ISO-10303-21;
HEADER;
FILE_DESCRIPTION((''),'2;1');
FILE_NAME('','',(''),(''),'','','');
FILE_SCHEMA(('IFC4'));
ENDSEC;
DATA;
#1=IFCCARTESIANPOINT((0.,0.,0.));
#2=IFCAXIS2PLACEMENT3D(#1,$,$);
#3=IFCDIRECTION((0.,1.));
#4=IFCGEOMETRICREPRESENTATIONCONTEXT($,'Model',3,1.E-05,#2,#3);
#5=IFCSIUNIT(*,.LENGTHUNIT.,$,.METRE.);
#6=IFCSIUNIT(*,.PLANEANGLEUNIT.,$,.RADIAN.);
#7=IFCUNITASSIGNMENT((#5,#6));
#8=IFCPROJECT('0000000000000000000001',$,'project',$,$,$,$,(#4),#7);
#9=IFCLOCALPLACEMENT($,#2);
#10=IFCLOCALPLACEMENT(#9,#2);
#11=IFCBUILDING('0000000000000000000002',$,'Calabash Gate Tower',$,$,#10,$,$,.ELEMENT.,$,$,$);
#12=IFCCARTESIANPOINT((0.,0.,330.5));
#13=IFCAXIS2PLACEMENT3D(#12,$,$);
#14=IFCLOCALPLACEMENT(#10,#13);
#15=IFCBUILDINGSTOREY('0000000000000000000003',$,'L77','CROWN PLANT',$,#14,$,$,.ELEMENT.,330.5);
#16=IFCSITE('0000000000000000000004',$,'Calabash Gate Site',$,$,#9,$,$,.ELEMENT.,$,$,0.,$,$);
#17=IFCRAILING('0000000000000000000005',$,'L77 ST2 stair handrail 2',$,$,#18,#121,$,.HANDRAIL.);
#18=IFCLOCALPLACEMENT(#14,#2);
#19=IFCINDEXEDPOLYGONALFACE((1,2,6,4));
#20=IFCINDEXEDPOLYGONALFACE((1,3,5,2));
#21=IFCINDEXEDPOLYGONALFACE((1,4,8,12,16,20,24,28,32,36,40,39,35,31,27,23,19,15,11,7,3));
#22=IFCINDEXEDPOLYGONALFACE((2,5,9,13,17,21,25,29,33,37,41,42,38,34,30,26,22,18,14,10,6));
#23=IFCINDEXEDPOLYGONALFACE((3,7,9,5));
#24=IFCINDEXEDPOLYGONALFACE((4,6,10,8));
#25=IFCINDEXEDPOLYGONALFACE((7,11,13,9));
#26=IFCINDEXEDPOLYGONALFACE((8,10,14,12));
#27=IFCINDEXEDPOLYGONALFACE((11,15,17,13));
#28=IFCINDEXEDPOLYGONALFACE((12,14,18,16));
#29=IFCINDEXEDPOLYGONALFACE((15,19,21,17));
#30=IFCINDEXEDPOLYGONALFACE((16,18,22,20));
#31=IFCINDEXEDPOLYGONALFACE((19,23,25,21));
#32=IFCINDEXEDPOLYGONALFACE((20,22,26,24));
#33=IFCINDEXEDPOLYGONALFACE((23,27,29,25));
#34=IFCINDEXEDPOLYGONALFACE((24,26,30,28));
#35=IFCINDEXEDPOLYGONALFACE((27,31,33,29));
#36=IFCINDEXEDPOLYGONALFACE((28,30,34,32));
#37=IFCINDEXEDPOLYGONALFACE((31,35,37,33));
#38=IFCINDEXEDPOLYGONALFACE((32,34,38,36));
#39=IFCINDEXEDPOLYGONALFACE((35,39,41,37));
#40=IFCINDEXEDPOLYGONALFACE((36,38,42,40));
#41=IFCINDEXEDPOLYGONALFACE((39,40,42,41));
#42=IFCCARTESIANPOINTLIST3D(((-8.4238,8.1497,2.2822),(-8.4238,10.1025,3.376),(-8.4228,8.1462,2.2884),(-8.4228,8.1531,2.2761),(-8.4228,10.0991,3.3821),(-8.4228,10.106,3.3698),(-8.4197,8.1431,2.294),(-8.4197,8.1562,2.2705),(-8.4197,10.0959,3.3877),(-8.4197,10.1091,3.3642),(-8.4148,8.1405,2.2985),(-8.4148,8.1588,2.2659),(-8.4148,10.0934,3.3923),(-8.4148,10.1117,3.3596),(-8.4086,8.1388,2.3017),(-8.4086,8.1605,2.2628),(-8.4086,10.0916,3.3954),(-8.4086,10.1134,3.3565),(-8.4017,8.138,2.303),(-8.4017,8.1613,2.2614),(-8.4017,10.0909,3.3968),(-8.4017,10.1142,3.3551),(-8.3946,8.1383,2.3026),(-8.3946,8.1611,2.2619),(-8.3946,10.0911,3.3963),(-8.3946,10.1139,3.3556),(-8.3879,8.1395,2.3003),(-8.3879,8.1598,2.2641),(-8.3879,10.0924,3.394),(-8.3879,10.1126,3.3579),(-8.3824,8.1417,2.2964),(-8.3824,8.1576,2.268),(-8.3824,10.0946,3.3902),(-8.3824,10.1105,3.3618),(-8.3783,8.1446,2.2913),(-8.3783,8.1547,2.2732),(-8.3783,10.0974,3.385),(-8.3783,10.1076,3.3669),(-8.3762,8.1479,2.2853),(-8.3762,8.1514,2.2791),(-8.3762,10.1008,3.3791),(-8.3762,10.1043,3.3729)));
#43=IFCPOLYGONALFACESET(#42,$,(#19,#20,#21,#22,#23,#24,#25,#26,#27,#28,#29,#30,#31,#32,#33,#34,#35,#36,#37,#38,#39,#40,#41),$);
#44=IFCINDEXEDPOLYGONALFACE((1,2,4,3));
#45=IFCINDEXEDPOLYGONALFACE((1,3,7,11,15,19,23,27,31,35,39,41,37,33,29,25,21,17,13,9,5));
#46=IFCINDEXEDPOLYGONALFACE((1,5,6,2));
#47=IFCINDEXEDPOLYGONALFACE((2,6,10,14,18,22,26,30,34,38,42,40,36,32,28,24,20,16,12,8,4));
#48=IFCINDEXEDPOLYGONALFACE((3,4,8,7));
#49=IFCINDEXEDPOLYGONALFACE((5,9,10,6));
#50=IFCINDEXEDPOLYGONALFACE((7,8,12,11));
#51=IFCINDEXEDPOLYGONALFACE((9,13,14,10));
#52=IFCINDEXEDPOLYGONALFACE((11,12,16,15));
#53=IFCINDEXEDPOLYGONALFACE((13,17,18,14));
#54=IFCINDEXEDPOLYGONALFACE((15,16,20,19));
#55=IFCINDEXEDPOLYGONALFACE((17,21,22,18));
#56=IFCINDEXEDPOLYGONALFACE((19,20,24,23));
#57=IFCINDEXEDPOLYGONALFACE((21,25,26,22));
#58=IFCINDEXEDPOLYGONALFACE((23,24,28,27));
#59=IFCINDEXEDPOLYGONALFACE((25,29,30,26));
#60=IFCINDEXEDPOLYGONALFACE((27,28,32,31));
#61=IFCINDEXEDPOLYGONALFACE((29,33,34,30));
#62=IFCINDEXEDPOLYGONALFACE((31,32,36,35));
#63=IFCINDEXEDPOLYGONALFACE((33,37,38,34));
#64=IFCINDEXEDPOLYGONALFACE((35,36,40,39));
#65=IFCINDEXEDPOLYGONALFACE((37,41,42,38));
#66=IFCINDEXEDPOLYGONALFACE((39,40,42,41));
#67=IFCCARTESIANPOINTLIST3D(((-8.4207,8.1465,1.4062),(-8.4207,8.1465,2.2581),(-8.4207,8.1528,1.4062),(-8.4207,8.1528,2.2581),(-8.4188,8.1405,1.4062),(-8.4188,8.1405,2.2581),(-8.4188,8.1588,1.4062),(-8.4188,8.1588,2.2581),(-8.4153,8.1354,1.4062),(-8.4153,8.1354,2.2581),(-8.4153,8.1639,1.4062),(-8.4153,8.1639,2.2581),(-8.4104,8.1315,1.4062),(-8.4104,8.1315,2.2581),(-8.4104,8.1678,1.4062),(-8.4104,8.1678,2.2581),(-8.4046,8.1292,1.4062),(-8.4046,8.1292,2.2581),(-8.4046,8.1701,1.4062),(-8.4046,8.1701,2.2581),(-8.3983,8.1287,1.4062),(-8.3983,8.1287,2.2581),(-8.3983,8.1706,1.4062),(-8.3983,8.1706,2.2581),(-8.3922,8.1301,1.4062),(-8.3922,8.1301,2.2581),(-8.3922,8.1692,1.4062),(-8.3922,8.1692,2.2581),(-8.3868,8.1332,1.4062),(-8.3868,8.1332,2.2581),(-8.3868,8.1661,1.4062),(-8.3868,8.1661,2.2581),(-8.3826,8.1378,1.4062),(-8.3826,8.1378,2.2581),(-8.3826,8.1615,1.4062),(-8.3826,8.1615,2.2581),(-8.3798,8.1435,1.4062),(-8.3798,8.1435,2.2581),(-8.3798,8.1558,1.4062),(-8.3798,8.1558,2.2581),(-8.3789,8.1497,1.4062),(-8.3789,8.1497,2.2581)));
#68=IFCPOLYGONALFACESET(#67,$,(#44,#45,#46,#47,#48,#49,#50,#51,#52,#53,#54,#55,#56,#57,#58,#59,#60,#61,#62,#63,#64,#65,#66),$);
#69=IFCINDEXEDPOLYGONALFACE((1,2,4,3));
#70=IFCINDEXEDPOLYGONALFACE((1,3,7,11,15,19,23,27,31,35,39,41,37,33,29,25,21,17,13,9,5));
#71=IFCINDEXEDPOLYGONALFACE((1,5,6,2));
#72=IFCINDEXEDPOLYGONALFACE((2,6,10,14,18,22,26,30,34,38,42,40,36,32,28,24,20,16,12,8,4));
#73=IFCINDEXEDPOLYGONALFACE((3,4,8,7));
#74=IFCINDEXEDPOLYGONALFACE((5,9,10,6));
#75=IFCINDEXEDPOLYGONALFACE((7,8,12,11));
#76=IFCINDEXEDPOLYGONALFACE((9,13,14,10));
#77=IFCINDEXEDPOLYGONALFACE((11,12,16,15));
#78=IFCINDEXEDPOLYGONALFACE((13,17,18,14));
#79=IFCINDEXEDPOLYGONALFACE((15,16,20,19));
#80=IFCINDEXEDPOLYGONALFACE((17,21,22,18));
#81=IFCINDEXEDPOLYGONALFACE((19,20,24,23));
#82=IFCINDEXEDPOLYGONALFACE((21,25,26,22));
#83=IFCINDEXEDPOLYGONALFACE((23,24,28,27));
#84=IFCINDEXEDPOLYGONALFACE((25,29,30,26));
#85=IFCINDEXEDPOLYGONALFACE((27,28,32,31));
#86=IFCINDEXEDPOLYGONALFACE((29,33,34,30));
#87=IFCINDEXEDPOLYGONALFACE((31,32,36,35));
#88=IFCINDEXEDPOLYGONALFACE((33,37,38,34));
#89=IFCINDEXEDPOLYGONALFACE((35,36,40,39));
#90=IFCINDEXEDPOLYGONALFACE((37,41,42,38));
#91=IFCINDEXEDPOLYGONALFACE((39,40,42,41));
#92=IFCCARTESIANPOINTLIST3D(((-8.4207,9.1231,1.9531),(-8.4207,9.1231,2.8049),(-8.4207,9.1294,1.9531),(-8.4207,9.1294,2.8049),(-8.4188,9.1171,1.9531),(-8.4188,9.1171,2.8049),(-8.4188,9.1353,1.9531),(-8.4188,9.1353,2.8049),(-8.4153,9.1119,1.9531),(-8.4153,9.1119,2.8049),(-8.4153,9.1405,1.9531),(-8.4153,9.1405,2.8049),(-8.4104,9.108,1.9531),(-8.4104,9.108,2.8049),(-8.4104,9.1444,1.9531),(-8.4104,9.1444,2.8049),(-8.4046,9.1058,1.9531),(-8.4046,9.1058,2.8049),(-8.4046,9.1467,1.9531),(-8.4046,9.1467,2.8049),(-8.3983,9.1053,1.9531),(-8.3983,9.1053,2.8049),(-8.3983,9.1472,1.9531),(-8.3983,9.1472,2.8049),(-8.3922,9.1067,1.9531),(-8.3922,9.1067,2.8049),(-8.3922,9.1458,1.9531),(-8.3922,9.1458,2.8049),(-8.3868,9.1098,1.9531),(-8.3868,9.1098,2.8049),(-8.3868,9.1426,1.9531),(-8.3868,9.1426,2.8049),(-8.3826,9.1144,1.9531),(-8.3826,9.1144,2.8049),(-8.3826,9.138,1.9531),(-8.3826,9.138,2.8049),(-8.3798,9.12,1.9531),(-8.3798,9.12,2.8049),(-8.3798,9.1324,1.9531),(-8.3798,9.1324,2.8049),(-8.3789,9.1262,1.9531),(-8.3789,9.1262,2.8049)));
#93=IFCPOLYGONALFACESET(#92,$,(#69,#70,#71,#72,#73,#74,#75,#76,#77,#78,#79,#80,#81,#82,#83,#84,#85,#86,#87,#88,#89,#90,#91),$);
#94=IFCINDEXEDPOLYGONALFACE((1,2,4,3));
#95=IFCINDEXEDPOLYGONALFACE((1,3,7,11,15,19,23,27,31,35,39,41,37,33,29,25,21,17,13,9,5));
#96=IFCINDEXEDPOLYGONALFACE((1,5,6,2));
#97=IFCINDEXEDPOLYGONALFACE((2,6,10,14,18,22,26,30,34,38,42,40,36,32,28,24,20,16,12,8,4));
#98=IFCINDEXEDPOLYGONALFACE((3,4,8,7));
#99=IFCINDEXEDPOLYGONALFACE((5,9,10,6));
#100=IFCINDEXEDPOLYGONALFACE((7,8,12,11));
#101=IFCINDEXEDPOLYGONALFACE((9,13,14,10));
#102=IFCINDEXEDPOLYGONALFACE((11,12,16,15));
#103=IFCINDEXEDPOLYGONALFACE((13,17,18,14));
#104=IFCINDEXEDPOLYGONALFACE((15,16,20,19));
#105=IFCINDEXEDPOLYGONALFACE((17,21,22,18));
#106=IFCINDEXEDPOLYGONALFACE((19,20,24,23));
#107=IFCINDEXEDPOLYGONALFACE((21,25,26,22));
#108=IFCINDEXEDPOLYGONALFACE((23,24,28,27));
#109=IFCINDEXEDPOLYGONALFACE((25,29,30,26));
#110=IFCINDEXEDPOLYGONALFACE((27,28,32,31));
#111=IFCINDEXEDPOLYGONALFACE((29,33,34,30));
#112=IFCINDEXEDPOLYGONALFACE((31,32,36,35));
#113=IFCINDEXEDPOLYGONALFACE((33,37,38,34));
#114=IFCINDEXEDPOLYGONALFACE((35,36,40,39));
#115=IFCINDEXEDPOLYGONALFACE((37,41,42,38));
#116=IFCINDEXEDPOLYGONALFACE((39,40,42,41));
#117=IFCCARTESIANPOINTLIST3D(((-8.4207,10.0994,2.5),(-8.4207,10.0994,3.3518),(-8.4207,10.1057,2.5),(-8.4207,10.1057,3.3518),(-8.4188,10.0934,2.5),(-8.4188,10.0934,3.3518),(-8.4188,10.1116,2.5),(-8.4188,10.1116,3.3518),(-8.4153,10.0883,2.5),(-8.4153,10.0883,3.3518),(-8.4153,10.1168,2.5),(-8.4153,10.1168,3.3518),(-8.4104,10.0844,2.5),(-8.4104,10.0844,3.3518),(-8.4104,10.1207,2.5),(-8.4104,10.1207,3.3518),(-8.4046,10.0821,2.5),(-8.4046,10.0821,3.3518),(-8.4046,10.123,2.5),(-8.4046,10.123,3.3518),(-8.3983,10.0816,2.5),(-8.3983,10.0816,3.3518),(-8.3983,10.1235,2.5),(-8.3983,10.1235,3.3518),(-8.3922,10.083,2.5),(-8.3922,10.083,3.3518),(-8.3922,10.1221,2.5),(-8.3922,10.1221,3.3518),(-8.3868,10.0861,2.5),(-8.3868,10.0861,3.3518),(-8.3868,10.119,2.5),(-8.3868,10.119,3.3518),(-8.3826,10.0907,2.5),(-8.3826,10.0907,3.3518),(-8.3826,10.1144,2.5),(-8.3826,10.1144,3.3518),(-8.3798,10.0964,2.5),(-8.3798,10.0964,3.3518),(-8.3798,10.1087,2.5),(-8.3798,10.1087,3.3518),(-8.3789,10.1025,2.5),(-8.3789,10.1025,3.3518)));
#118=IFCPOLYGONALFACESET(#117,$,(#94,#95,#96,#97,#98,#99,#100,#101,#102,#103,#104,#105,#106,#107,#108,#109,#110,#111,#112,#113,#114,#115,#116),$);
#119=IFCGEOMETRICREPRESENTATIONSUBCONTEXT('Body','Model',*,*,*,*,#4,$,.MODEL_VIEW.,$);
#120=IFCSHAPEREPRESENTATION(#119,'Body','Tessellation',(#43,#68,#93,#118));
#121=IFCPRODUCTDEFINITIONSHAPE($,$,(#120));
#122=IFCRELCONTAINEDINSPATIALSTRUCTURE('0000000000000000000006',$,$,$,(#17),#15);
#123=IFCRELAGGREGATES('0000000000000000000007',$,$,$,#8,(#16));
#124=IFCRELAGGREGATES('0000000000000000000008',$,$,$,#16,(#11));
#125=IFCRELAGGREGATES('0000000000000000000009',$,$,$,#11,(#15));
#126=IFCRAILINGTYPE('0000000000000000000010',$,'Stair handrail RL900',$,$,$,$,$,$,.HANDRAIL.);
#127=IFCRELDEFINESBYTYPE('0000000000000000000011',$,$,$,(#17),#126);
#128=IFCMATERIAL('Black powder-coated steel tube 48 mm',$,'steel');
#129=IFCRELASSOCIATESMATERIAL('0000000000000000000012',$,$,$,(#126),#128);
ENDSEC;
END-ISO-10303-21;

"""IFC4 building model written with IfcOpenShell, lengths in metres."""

from ifc_helpers import new_model, si_unit, direction, frame, origin, origin_2d, place, context, subcontext, project, spatial, circle, extrude, material, type_object, element, save


model = new_model("IFC4")

# Units and contexts
model_context = context("Model", 3, precision=1e-05, world=origin(), true_north=direction((0.0, 1.0)))
body_context = subcontext(model_context, "Body", "Model", "MODEL_VIEW")
ifc_project = project(units=[si_unit("LENGTHUNIT", "METRE"), si_unit("PLANEANGLEUNIT", "RADIAN")], contexts=[model_context])

# Site, building, storey
site_placement = place(None, origin())
site = spatial("IfcSite", under=ifc_project, at=site_placement, Name="Calabash Gate Site", CompositionType="ELEMENT", RefElevation=0.0)
building_placement = place(site_placement, origin())
building = spatial("IfcBuilding", under=site, at=building_placement, Name="Calabash Gate Tower", CompositionType="ELEMENT")
storey_placement = place(building_placement, frame((0.0, 0.0, 330.5)))
storey = spatial("IfcBuildingStorey", under=building, at=storey_placement, Name="L77", Description="CROWN PLANT", CompositionType="ELEMENT", Elevation=330.5)

# Railing
ifc_material_1 = material(Name="Black powder-coated steel tube 48 mm", Category="steel")
railing_type_1 = type_object("IfcRailingType", Name="Stair handrail RL900", PredefinedType="HANDRAIL", material=ifc_material_1)
railing_1_placement = place(storey_placement, frame((-8.3999, 8.1497, 1.4062)))
element("IfcRailing", 1, at=railing_1_placement, inside=storey, type_object=railing_type_1, Name="L77 ST2 stair handrail 2", PredefinedType="HANDRAIL", context=body_context, shape_type="SweptSolid", body=[
    extrude(circle(Radius=0.0239, at=origin_2d()), frame((0.0, 0.0, 0.876), z_axis=(0.0, 0.87248, 0.48865), x_axis=(-1.0, 0.0, 0.0)), (0.0, 0.0, 1.0), 2.2383),
    extrude(circle(Radius=0.021, at=origin_2d()), origin(), (0.0, 0.0, 1.0), 0.8518),
    extrude(circle(Radius=0.021, at=origin_2d()), frame((0.0, 0.9766, 0.5469)), (0.0, 0.0, 1.0), 0.8518),
    extrude(circle(Radius=0.021, at=origin_2d()), frame((0.0, 1.9529, 1.0938)), (0.0, 0.0, 1.0), 0.8518),
])

save(model, "model.ifc")
